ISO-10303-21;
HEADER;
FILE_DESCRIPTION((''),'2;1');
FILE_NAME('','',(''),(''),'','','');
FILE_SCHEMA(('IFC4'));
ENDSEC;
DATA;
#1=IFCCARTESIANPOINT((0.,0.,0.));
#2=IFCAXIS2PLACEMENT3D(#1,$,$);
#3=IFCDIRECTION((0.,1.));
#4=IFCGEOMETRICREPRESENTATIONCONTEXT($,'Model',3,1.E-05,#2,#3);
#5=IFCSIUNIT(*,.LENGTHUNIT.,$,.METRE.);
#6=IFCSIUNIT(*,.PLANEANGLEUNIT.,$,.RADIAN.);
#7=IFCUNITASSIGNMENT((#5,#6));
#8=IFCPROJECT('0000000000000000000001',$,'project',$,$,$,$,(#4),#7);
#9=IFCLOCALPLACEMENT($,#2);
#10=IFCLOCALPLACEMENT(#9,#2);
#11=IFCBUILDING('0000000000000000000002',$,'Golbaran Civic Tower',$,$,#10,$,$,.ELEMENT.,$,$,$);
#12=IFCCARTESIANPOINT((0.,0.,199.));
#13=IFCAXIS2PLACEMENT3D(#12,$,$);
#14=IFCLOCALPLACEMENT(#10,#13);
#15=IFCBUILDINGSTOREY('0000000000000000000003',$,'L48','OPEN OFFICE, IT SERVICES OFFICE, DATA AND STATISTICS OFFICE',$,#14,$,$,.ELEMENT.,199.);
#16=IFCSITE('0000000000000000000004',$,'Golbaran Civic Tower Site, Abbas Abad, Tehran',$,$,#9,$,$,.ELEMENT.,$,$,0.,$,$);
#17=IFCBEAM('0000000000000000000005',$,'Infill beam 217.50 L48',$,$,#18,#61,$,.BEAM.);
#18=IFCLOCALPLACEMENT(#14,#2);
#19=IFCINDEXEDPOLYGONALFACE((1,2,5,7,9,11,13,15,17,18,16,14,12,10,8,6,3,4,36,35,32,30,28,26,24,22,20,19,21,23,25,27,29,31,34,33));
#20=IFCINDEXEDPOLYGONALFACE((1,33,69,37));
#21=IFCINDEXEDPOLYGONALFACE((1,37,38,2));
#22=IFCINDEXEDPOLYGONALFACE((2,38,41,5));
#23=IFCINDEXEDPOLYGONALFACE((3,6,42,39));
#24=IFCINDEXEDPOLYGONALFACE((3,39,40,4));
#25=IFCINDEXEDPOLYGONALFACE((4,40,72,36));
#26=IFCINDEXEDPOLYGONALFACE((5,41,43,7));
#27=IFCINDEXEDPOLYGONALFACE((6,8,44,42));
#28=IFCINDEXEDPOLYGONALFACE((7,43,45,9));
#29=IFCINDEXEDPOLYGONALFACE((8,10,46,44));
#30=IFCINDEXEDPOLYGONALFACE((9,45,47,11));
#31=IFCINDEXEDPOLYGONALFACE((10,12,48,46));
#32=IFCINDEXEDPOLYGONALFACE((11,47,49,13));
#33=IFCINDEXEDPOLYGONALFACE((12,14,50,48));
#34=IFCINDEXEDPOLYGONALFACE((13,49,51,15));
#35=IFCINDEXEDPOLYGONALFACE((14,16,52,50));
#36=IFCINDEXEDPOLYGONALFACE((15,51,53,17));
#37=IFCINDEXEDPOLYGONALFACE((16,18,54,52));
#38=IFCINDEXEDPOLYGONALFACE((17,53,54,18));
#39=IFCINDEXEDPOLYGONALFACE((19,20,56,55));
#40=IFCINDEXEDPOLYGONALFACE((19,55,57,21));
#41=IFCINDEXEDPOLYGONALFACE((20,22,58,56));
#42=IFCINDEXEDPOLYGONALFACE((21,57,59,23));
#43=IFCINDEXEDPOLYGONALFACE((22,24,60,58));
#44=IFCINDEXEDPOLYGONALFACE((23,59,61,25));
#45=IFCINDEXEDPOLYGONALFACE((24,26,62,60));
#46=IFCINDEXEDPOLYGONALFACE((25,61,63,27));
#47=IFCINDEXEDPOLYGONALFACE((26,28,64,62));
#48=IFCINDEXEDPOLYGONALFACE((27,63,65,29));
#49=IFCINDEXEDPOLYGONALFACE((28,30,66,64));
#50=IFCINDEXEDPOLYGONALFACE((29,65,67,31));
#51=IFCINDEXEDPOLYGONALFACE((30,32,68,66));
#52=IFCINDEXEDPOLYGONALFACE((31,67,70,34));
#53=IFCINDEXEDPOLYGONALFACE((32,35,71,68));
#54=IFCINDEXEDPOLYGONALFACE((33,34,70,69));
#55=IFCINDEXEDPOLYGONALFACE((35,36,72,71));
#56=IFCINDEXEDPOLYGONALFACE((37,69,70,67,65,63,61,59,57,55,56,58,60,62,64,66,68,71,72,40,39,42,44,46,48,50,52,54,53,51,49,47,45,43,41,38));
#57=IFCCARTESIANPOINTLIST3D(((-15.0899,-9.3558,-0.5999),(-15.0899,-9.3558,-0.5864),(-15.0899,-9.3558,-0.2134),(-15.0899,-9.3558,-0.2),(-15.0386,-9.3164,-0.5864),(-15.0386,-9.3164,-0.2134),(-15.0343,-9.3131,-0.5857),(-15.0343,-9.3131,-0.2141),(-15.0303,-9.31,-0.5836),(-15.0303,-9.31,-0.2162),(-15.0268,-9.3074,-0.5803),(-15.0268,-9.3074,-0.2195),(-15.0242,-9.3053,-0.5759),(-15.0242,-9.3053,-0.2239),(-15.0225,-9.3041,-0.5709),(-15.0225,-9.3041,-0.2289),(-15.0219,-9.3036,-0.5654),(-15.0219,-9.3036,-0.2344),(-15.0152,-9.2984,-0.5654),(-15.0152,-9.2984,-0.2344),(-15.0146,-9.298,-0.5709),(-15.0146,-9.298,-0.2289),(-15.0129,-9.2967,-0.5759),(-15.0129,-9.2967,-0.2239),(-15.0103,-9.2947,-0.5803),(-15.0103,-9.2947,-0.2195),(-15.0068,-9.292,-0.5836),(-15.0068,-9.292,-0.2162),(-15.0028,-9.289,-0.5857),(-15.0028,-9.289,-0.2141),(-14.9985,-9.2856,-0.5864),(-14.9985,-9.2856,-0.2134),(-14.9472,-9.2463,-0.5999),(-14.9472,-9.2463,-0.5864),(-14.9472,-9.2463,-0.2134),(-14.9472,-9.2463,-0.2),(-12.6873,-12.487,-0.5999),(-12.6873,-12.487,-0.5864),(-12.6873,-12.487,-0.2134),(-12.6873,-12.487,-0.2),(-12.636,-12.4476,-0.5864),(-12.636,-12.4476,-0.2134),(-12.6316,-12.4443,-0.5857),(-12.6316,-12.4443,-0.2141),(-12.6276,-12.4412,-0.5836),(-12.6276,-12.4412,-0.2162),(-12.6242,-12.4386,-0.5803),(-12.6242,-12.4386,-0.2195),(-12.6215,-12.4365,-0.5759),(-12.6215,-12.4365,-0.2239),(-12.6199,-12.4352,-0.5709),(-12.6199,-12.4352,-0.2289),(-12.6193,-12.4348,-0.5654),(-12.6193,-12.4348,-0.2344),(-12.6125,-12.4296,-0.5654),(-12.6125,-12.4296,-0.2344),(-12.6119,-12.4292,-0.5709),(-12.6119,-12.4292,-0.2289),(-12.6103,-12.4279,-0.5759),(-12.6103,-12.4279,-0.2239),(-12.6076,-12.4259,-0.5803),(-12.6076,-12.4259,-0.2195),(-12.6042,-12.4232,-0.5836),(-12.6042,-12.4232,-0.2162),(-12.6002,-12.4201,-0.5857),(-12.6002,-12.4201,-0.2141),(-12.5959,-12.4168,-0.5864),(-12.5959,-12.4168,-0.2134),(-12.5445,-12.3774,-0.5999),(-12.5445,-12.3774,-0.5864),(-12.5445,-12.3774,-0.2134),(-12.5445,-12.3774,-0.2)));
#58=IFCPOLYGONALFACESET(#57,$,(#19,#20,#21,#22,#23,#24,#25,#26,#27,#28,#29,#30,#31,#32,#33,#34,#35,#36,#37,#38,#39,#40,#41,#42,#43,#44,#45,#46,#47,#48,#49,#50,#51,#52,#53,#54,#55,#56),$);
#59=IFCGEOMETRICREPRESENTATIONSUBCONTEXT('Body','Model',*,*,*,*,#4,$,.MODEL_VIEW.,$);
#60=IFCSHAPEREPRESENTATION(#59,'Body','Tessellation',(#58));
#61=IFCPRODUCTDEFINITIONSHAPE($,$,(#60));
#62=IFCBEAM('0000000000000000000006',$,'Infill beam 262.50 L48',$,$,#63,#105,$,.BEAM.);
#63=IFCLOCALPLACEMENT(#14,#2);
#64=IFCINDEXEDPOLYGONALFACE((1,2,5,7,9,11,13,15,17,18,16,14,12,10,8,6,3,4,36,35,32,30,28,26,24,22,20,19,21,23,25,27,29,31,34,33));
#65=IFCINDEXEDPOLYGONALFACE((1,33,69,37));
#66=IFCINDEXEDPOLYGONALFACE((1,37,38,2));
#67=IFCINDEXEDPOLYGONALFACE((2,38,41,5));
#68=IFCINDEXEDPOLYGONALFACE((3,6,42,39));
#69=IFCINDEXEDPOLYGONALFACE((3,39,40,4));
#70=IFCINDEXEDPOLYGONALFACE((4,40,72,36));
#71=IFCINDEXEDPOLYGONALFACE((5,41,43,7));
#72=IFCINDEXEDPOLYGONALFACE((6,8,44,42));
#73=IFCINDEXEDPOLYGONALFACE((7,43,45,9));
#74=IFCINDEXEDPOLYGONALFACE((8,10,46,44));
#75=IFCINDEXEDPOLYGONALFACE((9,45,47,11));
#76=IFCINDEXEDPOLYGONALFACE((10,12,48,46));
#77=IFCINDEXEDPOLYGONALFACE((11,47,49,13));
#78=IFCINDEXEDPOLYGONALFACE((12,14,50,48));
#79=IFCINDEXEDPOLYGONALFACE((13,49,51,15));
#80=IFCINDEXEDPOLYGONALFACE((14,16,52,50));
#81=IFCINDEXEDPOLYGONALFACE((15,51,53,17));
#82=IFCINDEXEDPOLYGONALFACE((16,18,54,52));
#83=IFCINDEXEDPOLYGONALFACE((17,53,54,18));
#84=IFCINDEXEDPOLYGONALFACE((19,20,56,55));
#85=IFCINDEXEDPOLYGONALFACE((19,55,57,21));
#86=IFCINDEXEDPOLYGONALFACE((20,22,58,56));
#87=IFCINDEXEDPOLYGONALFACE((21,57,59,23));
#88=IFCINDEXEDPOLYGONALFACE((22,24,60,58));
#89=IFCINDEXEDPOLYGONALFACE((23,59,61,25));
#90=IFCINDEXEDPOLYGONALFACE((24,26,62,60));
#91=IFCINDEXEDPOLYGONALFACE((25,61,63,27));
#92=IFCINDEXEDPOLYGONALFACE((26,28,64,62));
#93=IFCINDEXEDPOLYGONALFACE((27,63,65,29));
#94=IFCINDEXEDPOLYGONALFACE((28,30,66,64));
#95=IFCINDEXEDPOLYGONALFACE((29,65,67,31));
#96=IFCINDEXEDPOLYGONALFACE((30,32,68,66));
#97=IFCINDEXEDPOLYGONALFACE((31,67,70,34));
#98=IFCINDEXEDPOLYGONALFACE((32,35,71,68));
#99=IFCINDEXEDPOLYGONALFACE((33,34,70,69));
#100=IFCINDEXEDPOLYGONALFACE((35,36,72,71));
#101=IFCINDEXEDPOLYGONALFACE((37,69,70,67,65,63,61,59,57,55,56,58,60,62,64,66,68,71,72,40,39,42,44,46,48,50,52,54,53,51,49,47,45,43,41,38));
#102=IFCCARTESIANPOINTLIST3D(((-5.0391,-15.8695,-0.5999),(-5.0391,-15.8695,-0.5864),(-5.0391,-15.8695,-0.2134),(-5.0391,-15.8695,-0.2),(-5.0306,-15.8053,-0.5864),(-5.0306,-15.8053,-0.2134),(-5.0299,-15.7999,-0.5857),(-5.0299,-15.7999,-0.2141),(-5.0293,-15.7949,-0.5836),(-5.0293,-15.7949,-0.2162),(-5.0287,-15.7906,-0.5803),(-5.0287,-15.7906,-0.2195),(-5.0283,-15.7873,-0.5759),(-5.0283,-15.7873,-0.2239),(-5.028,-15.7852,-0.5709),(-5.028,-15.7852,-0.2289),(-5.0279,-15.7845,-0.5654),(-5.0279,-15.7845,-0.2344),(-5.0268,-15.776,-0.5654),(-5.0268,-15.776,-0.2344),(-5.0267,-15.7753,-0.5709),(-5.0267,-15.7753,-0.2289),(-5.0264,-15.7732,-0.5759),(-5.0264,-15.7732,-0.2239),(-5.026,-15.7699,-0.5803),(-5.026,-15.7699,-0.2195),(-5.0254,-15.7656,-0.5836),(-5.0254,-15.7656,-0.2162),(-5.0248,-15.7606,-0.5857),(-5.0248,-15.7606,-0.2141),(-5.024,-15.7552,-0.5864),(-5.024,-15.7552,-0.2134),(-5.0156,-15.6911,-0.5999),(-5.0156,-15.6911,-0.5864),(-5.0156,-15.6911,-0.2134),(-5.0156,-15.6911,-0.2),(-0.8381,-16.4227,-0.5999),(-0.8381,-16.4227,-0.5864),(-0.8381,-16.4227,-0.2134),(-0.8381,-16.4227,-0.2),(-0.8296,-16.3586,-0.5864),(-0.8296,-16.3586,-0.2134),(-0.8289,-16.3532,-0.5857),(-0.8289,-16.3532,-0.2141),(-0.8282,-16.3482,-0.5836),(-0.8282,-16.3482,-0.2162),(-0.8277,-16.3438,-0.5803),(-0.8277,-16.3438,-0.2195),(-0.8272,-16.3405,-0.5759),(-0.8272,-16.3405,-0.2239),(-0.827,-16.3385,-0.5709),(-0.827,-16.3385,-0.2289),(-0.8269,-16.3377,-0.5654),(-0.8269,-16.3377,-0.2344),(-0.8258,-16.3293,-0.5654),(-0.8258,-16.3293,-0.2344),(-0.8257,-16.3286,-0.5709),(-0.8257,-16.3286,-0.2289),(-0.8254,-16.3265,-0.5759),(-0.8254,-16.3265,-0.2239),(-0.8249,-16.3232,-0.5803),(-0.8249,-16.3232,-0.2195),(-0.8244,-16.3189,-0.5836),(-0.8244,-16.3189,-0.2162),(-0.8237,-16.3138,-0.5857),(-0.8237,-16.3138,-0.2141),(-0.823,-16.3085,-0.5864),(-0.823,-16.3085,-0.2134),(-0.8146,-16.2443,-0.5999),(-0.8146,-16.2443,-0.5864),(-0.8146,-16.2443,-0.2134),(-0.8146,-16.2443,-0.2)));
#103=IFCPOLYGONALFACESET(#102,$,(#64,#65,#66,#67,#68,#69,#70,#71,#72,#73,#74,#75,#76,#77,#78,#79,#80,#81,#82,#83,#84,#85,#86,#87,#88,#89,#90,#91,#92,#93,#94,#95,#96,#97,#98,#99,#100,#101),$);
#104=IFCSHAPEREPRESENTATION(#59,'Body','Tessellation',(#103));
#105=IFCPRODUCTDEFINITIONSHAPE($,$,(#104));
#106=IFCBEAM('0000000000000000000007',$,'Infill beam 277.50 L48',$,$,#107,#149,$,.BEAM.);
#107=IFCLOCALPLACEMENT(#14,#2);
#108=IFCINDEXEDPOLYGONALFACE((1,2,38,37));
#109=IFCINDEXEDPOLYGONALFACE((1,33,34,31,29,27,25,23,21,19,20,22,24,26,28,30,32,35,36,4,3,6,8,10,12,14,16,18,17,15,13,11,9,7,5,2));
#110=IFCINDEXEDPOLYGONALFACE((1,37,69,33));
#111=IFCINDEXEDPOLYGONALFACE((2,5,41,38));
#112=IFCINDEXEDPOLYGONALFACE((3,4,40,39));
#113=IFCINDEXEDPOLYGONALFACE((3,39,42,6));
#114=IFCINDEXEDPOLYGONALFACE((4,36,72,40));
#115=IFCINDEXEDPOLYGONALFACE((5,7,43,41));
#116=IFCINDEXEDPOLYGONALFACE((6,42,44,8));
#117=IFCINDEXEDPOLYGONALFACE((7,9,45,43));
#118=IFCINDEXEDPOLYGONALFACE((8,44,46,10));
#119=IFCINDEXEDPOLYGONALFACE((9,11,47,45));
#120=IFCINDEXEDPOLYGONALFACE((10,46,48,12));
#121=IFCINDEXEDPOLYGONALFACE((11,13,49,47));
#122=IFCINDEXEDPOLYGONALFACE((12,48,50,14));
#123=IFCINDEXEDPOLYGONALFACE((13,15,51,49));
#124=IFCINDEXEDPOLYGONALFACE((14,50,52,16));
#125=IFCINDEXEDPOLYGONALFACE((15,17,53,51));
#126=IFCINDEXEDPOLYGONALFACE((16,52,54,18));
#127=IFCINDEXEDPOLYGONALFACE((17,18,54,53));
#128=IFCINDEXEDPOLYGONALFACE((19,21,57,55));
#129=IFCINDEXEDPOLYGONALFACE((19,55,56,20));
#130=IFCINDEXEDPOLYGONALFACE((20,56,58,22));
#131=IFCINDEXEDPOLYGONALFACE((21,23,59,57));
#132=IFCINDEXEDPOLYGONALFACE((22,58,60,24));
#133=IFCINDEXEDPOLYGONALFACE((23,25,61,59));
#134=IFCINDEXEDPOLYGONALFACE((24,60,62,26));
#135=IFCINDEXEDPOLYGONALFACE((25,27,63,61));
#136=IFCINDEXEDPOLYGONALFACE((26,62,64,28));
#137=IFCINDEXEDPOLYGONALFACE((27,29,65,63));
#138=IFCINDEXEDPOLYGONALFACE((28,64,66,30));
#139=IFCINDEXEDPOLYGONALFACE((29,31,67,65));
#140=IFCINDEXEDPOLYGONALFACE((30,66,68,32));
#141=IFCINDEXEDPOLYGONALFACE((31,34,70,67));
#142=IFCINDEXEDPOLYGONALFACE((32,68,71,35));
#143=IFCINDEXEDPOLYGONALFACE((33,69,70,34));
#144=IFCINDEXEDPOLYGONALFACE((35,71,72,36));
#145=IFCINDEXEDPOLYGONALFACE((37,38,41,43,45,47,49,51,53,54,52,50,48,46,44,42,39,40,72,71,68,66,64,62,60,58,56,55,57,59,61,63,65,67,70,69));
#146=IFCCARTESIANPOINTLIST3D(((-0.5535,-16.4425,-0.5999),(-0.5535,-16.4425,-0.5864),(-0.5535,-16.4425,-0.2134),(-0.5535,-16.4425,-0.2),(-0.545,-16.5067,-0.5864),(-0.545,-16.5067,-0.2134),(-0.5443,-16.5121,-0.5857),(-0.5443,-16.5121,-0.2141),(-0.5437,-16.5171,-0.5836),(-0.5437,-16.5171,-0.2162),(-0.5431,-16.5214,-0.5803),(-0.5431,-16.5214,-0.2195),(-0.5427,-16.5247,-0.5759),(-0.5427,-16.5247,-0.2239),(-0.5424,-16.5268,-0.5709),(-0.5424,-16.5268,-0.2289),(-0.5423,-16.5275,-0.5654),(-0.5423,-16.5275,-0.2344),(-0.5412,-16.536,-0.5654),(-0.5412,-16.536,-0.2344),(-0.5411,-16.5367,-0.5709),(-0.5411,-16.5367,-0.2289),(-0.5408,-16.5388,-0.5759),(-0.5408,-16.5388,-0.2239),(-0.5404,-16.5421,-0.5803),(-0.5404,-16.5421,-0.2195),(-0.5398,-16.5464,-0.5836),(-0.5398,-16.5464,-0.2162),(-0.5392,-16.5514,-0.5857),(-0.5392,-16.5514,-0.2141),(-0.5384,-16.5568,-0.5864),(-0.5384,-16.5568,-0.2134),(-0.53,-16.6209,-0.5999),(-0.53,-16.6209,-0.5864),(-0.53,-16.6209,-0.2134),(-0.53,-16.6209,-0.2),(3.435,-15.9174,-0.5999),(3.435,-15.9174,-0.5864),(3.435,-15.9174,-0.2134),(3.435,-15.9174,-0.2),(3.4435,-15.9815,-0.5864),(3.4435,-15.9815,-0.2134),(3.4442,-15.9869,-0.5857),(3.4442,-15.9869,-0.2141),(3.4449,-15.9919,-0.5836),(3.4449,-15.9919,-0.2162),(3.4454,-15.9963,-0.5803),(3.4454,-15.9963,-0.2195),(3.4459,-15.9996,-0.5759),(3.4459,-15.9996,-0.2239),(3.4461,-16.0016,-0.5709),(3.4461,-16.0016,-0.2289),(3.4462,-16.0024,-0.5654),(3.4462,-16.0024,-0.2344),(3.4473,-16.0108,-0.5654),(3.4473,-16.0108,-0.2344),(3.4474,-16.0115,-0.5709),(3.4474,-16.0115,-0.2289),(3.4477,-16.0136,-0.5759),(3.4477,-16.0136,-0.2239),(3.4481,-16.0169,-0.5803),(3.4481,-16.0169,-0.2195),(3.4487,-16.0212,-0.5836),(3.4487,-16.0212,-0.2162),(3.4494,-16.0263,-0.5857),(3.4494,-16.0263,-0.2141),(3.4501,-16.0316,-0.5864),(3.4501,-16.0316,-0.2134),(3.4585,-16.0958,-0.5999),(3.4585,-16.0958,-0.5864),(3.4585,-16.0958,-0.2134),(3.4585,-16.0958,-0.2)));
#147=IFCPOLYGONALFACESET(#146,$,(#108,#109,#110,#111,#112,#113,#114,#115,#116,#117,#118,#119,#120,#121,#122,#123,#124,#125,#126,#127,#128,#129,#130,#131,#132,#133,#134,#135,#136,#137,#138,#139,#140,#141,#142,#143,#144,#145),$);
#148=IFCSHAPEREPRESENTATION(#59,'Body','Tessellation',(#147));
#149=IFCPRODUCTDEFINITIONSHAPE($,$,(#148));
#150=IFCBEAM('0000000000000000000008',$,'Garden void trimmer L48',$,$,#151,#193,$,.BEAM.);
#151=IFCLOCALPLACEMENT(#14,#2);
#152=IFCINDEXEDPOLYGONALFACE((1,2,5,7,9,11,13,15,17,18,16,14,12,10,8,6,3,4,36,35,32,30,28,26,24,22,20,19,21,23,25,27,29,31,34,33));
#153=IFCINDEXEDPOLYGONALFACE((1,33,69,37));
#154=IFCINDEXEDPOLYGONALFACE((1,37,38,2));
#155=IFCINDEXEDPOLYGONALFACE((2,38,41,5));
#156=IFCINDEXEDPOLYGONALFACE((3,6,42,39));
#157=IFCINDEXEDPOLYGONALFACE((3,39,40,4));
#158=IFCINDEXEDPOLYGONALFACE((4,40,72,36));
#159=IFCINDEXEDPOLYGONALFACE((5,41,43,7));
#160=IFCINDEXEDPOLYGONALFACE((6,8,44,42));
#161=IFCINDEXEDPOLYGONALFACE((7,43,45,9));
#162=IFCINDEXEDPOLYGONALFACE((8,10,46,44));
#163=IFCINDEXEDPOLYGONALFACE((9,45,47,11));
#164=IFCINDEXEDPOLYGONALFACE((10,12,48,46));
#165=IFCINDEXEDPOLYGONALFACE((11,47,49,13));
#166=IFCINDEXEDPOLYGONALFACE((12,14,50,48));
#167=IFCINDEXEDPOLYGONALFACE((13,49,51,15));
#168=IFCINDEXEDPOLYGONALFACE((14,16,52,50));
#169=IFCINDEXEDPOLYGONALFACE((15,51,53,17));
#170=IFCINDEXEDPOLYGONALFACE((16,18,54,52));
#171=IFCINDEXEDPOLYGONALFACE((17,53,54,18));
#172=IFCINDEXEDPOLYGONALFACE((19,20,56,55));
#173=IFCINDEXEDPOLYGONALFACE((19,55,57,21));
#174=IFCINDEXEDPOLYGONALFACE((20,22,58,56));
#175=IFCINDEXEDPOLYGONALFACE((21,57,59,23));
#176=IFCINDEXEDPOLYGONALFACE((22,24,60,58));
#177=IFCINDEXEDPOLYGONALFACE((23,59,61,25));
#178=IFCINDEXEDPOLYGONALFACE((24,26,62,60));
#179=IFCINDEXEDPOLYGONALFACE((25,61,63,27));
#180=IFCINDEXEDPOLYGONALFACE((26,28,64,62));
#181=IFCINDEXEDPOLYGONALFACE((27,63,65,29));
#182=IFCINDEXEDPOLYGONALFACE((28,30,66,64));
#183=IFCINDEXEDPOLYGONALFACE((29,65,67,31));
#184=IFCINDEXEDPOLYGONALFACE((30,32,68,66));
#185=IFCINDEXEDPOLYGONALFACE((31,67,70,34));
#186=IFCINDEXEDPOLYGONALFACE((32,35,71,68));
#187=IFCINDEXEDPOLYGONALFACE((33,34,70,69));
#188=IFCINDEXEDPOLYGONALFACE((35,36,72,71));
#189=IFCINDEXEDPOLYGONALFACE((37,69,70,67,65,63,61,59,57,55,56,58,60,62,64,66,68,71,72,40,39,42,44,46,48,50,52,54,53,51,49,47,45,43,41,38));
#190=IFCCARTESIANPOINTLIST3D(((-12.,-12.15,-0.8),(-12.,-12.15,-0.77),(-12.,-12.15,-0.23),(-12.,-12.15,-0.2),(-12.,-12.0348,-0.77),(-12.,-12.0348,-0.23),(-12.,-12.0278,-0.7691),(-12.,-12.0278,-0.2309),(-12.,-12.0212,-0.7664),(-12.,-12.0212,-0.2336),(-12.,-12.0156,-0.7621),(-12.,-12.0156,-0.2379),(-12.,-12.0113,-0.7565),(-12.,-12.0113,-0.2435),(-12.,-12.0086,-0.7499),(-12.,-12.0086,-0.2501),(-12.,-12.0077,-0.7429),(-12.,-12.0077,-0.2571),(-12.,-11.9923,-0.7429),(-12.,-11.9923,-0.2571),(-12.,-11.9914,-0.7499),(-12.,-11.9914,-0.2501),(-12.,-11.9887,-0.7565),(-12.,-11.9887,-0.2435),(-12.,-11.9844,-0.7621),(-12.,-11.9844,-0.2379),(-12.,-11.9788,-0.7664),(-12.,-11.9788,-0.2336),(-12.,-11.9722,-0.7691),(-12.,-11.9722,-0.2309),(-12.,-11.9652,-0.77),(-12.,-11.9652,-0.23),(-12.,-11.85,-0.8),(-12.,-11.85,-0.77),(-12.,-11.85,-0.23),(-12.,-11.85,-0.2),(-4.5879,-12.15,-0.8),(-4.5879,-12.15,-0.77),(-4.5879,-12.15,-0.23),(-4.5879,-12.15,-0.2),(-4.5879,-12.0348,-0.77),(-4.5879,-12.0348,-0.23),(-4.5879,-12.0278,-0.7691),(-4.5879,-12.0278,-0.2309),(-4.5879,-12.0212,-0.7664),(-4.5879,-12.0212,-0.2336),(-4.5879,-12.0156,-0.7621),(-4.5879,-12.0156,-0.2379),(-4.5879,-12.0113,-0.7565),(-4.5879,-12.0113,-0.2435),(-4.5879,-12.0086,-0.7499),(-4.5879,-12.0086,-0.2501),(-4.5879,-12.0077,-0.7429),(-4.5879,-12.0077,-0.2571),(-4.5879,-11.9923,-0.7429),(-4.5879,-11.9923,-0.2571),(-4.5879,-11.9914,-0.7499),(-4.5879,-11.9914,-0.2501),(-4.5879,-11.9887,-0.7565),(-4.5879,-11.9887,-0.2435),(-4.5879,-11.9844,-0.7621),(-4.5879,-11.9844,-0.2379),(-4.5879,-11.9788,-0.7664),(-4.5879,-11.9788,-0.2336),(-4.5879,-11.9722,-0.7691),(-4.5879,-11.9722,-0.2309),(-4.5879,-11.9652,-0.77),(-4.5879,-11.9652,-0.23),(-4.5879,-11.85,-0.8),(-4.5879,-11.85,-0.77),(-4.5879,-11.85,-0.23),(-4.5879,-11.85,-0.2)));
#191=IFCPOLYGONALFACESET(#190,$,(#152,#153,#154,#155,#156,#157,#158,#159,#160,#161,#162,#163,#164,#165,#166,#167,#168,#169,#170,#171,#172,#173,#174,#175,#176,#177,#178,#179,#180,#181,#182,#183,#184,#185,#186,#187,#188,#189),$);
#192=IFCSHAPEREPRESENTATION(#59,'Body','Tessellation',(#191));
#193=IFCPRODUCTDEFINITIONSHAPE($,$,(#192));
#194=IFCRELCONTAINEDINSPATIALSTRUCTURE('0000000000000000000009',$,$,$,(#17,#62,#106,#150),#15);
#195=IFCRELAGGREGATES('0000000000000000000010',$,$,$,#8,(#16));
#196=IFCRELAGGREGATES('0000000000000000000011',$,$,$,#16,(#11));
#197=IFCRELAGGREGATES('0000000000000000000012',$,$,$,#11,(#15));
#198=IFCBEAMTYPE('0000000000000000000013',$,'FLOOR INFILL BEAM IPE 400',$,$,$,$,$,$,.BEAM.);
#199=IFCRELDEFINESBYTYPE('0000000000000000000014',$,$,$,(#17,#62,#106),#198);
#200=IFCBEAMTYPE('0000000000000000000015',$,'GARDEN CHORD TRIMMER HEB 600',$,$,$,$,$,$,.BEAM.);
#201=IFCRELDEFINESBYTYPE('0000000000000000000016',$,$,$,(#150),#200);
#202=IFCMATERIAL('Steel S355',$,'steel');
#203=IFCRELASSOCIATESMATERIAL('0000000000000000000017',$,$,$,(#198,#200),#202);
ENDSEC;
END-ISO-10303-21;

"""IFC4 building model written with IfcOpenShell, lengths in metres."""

from ifc_helpers import new_model, si_unit, direction, frame, origin, origin_2d, place, context, subcontext, project, spatial, i_section, extrude, material, material_profile, profile_set, type_object, element, save


model = new_model("IFC4")

# Units and contexts
model_context = context("Model", 3, precision=1e-05, world=origin(), true_north=direction((0.0, 1.0)))
body_context = subcontext(model_context, "Body", "Model", "MODEL_VIEW")
ifc_project = project(units=[si_unit("LENGTHUNIT", "METRE"), si_unit("PLANEANGLEUNIT", "RADIAN")], contexts=[model_context])

# Site, building, storey
site_placement = place(None, origin())
site = spatial("IfcSite", under=ifc_project, at=site_placement, Name="Golbaran Civic Tower Site, Abbas Abad, Tehran", CompositionType="ELEMENT", RefElevation=0.0)
building_placement = place(site_placement, origin())
building = spatial("IfcBuilding", under=site, at=building_placement, Name="Golbaran Civic Tower", CompositionType="ELEMENT")
storey_placement = place(building_placement, frame((0.0, 0.0, 199.0)))
storey = spatial("IfcBuildingStorey", under=building, at=storey_placement, Name="L48", Description="OPEN OFFICE, IT SERVICES OFFICE, DATA AND STATISTICS OFFICE", CompositionType="ELEMENT", Elevation=199.0)

# Beams
ifc_material_1 = material(Name="Steel S355", Category="steel")
ifc_material_profile_1 = material_profile(ifc_material_1, i_section(OverallWidth=0.1799, OverallDepth=0.3999, WebThickness=0.0085, FlangeThickness=0.0134, FilletRadius=0.021, at=origin_2d()), Name="IPE 400")
ifc_profile_set_1 = profile_set([ifc_material_profile_1], Name="Steel S355")
beam_type_1 = type_object("IfcBeamType", Name="FLOOR INFILL BEAM IPE 400", PredefinedType="BEAM", material=ifc_profile_set_1)
beam_1_placement = place(storey_placement, frame((-15.0186, -9.301, -0.3999), z_axis=(0.608763, -0.793352, 0.0), x_axis=(0.793352, 0.608763, 0.0)))
element("IfcBeam", 1, at=beam_1_placement, inside=storey, type_object=beam_type_1, Name="Infill beam 217.50 L48", PredefinedType="BEAM", context=body_context, shape_type="SweptSolid", body=[
    extrude(i_section(OverallWidth=0.1799, OverallDepth=0.3999, WebThickness=0.0085, FlangeThickness=0.0134, FilletRadius=0.021, at=origin_2d()), origin(), (0.0, 0.0, 1.0), 3.9468),
])
beam_2_placement = place(storey_placement, frame((-5.0273, -15.7803, -0.3999), z_axis=(0.99144, -0.130563, 0.0), x_axis=(0.130563, 0.99144, 0.0)))
element("IfcBeam", 2, at=beam_2_placement, inside=storey, type_object=beam_type_1, Name="Infill beam 262.50 L48", PredefinedType="BEAM", context=body_context, shape_type="SweptSolid", body=[
    extrude(i_section(OverallWidth=0.1799, OverallDepth=0.3999, WebThickness=0.0085, FlangeThickness=0.0134, FilletRadius=0.021, at=origin_2d()), origin(), (0.0, 0.0, 1.0), 4.2373),
])
beam_3_placement = place(storey_placement, frame((-0.5417, -16.5317, -0.3999), z_axis=(0.991443, 0.130538, 0.0), x_axis=(-0.130538, 0.991443, 0.0)))
element("IfcBeam", 3, at=beam_3_placement, inside=storey, type_object=beam_type_1, Name="Infill beam 277.50 L48", PredefinedType="BEAM", context=body_context, shape_type="SweptSolid", body=[
    extrude(i_section(OverallWidth=0.1799, OverallDepth=0.3999, WebThickness=0.0085, FlangeThickness=0.0134, FilletRadius=0.021, at=origin_2d()), origin(), (0.0, 0.0, 1.0), 4.0229),
])
ifc_material_profile_2 = material_profile(ifc_material_1, i_section(OverallWidth=0.3, OverallDepth=0.6001, WebThickness=0.0154, FlangeThickness=0.03, FilletRadius=0.0271, at=origin_2d()), Name="HEB 600")
ifc_profile_set_2 = profile_set([ifc_material_profile_2], Name="Steel S355")
beam_type_2 = type_object("IfcBeamType", Name="GARDEN CHORD TRIMMER HEB 600", PredefinedType="BEAM", material=ifc_profile_set_2)
beam_4_placement = place(storey_placement, frame((-12.0, -12.0, -0.5), z_axis=(1.0, 0.0, 0.0), x_axis=(0.0, 1.0, 0.0)))
element("IfcBeam", 4, at=beam_4_placement, inside=storey, type_object=beam_type_2, Name="Garden void trimmer L48", PredefinedType="BEAM", context=body_context, shape_type="SweptSolid", body=[
    extrude(i_section(OverallWidth=0.3, OverallDepth=0.6001, WebThickness=0.0154, FlangeThickness=0.03, FilletRadius=0.0271, at=origin_2d()), origin(), (0.0, 0.0, 1.0), 7.4121),
])

save(model, "model.ifc")
